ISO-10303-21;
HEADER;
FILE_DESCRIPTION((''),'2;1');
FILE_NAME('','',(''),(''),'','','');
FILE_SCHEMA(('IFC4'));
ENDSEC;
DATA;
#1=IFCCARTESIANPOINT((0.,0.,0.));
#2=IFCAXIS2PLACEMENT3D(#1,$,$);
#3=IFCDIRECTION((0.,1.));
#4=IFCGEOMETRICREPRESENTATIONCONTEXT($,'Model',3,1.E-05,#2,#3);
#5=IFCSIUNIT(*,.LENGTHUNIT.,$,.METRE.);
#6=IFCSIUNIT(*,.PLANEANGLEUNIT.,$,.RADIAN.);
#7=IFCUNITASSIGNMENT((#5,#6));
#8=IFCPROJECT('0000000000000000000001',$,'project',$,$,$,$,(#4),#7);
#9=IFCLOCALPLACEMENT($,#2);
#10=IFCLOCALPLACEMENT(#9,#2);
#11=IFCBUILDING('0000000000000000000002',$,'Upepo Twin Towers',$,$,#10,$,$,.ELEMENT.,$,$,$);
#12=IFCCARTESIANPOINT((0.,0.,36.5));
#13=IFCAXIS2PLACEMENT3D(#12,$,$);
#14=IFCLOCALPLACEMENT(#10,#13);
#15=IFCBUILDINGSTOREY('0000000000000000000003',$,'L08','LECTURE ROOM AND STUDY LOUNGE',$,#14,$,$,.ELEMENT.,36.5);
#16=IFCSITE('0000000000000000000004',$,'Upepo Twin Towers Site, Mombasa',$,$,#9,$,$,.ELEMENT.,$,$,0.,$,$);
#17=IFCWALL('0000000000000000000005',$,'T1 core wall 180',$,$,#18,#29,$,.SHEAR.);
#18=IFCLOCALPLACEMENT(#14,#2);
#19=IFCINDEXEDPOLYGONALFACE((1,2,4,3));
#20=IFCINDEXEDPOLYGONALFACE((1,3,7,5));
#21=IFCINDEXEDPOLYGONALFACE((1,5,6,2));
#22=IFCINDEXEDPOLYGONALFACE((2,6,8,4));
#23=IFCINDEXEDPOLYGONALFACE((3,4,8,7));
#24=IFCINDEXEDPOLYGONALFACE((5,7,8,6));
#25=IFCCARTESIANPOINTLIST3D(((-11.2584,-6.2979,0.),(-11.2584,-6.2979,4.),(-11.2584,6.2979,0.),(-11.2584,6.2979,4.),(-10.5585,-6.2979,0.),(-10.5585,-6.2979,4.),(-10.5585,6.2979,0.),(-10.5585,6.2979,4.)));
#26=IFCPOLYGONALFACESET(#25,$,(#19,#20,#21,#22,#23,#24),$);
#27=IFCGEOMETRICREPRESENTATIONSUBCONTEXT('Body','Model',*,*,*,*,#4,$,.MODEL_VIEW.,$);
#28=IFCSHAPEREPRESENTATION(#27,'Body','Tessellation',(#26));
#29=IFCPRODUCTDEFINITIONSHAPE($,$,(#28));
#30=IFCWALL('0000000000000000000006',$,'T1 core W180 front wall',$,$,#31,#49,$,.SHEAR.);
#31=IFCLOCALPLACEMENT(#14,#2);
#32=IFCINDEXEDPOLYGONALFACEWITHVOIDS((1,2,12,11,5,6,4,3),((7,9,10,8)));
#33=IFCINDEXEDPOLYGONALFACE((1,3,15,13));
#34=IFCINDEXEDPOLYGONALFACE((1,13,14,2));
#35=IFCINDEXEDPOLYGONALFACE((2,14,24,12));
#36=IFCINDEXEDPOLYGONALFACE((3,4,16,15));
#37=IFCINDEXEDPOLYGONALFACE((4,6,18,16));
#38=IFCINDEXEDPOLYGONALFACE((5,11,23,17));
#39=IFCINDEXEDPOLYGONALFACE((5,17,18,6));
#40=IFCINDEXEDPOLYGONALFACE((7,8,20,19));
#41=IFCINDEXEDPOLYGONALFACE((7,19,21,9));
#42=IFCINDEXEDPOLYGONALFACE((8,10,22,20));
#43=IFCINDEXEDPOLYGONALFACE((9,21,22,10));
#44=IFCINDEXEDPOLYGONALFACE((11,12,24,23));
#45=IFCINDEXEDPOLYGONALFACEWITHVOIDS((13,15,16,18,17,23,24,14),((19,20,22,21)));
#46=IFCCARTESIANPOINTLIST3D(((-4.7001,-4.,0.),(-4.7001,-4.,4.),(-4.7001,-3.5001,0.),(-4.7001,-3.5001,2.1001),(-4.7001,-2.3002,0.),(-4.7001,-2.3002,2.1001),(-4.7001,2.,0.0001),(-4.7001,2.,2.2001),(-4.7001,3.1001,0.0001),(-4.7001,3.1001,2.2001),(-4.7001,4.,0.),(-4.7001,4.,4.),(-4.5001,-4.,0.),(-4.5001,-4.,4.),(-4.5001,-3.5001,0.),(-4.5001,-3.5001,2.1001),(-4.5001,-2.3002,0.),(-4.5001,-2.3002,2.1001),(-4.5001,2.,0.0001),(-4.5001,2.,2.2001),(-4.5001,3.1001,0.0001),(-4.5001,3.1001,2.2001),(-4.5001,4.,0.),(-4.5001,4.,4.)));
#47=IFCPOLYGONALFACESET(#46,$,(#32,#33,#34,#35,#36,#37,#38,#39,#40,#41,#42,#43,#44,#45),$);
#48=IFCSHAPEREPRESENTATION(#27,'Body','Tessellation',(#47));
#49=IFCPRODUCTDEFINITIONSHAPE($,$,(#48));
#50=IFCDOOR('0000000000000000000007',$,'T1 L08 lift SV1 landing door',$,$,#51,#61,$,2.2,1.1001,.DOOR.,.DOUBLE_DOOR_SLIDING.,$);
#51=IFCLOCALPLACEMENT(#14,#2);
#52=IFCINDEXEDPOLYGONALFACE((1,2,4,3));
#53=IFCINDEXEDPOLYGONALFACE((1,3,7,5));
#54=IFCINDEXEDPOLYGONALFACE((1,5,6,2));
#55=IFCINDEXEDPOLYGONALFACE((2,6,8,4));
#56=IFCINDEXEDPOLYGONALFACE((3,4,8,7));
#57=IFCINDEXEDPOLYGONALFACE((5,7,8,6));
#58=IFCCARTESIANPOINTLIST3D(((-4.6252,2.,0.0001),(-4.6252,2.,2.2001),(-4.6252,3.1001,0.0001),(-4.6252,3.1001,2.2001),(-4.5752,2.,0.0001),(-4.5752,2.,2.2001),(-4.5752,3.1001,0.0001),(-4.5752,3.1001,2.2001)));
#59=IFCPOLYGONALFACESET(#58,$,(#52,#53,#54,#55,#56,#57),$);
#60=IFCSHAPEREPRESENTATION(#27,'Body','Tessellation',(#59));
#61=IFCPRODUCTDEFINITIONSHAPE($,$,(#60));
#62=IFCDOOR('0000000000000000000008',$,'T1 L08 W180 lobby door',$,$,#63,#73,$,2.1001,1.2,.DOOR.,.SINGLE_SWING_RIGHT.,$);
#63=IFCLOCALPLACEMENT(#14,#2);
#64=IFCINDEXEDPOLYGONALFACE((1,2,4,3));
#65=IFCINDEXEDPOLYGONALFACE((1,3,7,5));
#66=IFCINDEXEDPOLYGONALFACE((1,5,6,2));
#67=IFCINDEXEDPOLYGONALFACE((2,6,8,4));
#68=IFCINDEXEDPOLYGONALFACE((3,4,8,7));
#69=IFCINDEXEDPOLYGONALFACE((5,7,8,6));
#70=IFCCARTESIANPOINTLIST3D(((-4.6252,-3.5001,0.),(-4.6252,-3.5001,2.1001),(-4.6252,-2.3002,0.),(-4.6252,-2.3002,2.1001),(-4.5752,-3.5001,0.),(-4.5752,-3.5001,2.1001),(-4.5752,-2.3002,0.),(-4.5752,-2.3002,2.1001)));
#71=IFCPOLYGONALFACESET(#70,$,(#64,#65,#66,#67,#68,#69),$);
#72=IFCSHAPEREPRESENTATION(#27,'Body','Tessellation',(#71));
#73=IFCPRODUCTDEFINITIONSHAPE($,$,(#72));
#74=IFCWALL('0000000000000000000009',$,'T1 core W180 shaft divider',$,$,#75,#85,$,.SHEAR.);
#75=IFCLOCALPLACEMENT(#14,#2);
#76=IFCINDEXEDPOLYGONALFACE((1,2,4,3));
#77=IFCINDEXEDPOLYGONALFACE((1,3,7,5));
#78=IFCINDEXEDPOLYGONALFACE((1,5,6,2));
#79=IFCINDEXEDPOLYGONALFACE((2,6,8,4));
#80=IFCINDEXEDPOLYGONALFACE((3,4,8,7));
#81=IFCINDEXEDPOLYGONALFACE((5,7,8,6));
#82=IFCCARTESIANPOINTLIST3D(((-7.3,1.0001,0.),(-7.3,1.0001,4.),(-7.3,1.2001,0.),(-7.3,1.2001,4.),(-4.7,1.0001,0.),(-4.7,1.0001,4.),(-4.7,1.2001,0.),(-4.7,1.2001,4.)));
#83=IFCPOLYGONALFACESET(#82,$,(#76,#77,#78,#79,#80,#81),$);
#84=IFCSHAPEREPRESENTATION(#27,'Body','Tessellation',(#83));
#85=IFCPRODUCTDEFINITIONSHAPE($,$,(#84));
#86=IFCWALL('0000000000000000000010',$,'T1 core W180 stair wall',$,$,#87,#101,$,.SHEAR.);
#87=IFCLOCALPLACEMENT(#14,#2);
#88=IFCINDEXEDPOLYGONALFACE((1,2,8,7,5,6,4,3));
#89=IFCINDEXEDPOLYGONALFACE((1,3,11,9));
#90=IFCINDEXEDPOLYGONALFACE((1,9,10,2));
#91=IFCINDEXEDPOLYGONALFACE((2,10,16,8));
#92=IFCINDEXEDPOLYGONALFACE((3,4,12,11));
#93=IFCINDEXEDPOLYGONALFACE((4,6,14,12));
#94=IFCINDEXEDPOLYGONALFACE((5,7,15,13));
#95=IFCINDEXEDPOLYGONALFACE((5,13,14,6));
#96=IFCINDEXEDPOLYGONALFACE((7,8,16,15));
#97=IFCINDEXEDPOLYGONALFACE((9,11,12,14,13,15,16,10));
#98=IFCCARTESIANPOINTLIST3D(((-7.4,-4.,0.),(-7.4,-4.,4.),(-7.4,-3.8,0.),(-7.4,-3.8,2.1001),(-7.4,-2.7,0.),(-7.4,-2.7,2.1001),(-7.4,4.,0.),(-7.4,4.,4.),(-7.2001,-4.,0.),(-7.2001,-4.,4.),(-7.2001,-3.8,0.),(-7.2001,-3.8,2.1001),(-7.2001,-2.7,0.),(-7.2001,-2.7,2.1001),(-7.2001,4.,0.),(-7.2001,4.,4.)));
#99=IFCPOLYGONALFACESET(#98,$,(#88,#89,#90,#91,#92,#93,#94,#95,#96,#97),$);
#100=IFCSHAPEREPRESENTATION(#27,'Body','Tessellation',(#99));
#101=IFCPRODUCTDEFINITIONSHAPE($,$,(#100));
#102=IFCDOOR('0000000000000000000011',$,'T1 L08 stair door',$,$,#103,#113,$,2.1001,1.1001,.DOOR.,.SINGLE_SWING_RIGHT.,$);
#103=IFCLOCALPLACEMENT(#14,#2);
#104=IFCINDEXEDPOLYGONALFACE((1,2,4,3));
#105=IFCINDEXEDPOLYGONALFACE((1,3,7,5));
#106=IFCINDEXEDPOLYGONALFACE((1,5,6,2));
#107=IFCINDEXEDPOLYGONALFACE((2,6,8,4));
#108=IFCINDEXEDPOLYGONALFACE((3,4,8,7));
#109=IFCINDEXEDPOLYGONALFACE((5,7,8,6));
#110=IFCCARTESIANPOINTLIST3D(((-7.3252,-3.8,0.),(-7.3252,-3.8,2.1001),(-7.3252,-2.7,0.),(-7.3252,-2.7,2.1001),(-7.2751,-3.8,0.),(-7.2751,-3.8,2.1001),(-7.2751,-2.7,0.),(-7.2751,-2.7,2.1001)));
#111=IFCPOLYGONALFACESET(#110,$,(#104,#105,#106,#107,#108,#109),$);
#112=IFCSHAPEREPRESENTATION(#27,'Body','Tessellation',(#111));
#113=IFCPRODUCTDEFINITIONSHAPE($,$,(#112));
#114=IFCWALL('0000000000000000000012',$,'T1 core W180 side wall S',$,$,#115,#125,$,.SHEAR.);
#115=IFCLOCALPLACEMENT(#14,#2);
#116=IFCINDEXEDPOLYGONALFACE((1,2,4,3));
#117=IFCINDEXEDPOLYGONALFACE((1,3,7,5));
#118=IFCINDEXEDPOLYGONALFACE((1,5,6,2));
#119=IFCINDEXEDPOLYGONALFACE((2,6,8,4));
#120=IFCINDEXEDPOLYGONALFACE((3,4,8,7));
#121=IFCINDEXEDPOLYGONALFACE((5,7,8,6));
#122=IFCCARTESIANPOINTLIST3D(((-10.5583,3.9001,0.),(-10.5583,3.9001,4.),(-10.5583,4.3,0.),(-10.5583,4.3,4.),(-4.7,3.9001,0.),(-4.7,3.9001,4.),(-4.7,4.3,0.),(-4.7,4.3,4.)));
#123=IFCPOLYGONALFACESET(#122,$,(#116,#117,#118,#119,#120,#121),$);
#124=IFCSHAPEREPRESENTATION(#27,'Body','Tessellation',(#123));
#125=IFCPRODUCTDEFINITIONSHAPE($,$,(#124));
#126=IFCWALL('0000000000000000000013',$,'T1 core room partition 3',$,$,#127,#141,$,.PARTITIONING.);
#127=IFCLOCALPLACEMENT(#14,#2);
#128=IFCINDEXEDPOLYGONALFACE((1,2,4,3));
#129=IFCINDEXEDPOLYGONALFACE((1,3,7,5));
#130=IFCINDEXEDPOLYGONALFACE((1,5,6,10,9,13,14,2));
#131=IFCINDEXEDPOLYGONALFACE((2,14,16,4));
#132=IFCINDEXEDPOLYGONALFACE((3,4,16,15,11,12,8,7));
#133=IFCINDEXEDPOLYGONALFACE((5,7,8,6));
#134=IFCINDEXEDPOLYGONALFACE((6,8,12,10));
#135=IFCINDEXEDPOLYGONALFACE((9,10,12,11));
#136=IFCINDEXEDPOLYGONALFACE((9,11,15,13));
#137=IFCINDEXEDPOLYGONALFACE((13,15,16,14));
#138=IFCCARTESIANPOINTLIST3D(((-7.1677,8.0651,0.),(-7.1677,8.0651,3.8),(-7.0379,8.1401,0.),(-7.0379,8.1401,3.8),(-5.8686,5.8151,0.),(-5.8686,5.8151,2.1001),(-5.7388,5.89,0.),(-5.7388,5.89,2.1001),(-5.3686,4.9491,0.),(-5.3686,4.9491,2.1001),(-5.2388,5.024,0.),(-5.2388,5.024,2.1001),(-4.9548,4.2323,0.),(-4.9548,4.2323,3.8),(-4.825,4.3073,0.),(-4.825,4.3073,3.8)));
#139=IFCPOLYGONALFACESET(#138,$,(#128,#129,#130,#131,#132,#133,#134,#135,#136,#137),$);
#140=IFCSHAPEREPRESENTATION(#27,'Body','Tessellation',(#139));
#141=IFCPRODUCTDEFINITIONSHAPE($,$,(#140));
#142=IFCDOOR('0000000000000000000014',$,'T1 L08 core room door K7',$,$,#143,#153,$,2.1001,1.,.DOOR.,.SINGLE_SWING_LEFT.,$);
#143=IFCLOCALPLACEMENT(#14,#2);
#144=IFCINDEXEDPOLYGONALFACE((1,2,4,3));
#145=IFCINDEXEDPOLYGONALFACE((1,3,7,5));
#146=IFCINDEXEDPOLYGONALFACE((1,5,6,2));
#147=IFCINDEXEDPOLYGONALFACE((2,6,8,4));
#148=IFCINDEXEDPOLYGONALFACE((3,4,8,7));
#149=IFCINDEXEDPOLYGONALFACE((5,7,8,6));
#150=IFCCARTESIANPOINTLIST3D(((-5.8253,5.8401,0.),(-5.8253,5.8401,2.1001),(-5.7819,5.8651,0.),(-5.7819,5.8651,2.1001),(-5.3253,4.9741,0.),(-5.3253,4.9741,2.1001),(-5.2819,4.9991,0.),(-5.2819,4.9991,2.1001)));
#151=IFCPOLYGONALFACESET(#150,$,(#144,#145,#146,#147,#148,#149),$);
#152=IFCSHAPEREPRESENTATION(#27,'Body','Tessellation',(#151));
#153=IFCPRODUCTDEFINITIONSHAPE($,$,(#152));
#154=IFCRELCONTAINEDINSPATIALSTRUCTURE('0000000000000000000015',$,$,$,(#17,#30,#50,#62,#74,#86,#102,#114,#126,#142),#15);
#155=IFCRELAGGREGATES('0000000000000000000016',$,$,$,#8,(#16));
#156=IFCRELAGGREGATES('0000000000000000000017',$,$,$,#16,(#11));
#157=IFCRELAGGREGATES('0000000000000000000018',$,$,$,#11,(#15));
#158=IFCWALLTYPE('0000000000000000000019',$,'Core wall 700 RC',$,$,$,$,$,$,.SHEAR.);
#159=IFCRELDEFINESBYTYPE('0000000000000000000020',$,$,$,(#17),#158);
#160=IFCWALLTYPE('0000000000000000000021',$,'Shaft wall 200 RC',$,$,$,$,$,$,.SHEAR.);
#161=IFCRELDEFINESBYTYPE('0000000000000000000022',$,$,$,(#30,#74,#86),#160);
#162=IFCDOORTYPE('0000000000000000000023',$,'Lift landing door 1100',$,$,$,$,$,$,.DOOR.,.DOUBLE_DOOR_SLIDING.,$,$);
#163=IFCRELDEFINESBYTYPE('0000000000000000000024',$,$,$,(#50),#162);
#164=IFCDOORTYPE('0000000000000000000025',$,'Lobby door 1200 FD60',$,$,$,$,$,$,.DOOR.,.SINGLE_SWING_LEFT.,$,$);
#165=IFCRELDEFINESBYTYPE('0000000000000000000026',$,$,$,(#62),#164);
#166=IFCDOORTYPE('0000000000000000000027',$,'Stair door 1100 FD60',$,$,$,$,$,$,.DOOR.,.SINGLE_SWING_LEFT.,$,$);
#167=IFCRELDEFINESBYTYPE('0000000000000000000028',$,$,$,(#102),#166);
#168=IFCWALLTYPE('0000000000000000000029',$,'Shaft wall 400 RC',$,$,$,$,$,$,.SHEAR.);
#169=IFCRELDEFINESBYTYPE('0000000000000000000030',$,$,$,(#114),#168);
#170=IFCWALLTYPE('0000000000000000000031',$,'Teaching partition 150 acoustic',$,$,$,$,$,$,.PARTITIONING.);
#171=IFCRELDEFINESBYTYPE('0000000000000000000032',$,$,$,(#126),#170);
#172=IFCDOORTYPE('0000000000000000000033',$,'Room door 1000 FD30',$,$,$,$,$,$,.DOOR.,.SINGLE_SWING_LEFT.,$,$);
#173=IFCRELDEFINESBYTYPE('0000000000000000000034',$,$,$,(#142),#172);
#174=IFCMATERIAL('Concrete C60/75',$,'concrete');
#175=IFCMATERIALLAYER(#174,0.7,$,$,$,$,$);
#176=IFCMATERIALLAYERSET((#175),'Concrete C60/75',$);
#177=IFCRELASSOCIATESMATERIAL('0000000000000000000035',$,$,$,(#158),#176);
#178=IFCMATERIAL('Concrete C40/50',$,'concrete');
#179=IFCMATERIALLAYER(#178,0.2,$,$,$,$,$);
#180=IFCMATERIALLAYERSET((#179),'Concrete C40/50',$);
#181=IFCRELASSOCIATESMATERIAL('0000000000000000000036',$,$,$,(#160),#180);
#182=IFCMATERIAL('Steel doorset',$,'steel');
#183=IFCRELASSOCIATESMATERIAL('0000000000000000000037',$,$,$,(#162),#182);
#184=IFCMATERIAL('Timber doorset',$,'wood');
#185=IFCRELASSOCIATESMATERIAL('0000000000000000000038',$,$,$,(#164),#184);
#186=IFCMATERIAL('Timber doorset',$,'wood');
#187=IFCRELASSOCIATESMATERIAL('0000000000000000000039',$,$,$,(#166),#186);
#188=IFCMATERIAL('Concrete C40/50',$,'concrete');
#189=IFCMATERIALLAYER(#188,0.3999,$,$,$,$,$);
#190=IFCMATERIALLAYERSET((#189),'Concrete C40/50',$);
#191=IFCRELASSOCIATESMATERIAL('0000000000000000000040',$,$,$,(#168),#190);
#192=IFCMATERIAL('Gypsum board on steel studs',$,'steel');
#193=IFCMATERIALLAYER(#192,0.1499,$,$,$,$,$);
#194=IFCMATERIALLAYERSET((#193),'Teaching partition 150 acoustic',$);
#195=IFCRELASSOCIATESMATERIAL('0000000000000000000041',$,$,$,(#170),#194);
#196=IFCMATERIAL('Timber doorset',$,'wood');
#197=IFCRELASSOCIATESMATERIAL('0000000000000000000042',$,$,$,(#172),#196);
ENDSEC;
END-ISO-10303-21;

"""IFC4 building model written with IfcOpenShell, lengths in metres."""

from ifc_helpers import new_model, si_unit, direction, frame, frame_2d, origin, place, context, subcontext, project, spatial, rectangle, extrude, material, layer, layer_set, type_object, element, fill, save


model = new_model("IFC4")

# Units and contexts
model_context = context("Model", 3, precision=1e-05, world=origin(), true_north=direction((0.0, 1.0)))
body_context = subcontext(model_context, "Body", "Model", "MODEL_VIEW")
ifc_project = project(units=[si_unit("LENGTHUNIT", "METRE"), si_unit("PLANEANGLEUNIT", "RADIAN")], contexts=[model_context])

# Site, building, storey
site_placement = place(None, origin())
site = spatial("IfcSite", under=ifc_project, at=site_placement, Name="Upepo Twin Towers Site, Mombasa", CompositionType="ELEMENT", RefElevation=0.0)
building_placement = place(site_placement, origin())
building = spatial("IfcBuilding", under=site, at=building_placement, Name="Upepo Twin Towers", CompositionType="ELEMENT")
storey_placement = place(building_placement, frame((0.0, 0.0, 36.5)))
storey = spatial("IfcBuildingStorey", under=building, at=storey_placement, Name="L08", Description="LECTURE ROOM AND STUDY LOUNGE", CompositionType="ELEMENT", Elevation=36.5)

# Wall
ifc_material_1 = material(Name="Concrete C60/75", Category="concrete")
ifc_layer_1 = layer(ifc_material_1, 0.7)
ifc_layer_set_1 = layer_set([ifc_layer_1], Name="Concrete C60/75")
wall_type_1 = type_object("IfcWallType", Name="Core wall 700 RC", PredefinedType="SHEAR", material=ifc_layer_set_1)
wall_1_placement = place(storey_placement, frame((-10.9084, 6.2979, 0.0), z_axis=(0.0, 0.0, 1.0), x_axis=(0.0, -1.0, 0.0)))
element("IfcWall", 1, at=wall_1_placement, inside=storey, type_object=wall_type_1, Name="T1 core wall 180", PredefinedType="SHEAR", context=body_context, shape_type="SweptSolid", body=[
    extrude(rectangle(XDim=12.5957, YDim=0.7, at=frame_2d((6.2979, 0.0))), origin(), (0.0, 0.0, 1.0), 4.0),
])

# Wall, openings, doors
ifc_material_2 = material(Name="Concrete C40/50", Category="concrete")
ifc_layer_2 = layer(ifc_material_2, 0.2)
ifc_layer_set_2 = layer_set([ifc_layer_2], Name="Concrete C40/50")
wall_type_2 = type_object("IfcWallType", Name="Shaft wall 200 RC", PredefinedType="SHEAR", material=ifc_layer_set_2)
wall_2_placement = place(storey_placement, frame((-4.6001, 4.0, 0.0), z_axis=(0.0, 0.0, 1.0), x_axis=(0.0, -1.0, 0.0)))
wall_2 = element("IfcWall", 2, at=wall_2_placement, inside=storey, type_object=wall_type_2, Name="T1 core W180 front wall", PredefinedType="SHEAR", context=body_context, shape_type="SweptSolid", body=[
    extrude(rectangle(XDim=8.0, YDim=0.2, at=frame_2d((4.0, 0.0))), origin(), (0.0, 0.0, 1.0), 4.0),
])
opening_1_placement = place(wall_2_placement, frame((6.3, 0.0, 0.0)))
opening_1 = element("IfcOpeningElement", 3, at=opening_1_placement, cuts=wall_2, PredefinedType="OPENING", context=body_context, shape_type="SweptSolid", body=[
    extrude(rectangle(XDim=1.2, YDim=2.1001, at=frame_2d((0.6001, 1.05))), frame((0.0, 0.1099, 0.0), z_axis=(0.0, -1.0, 0.0), x_axis=(1.0, 0.0, 0.0)), (0.0, 0.0, 1.0), 0.22),
])
opening_2_placement = place(wall_2_placement, frame((0.8999, 0.0, 0.0)))
opening_2 = element("IfcOpeningElement", 4, at=opening_2_placement, cuts=wall_2, PredefinedType="OPENING", context=body_context, shape_type="SweptSolid", body=[
    extrude(rectangle(XDim=1.1001, YDim=2.2, at=frame_2d((0.55, 1.1001))), frame((0.0, 0.1099, 0.0), z_axis=(0.0, -1.0, 0.0), x_axis=(1.0, 0.0, 0.0)), (0.0, 0.0, 1.0), 0.22),
])
ifc_material_3 = material(Name="Steel doorset", Category="steel")
door_type_1 = type_object("IfcDoorType", Name="Lift landing door 1100", OperationType="DOUBLE_DOOR_SLIDING", PredefinedType="DOOR", material=ifc_material_3)
door_1_placement = place(opening_2_placement, origin())
door_1 = element("IfcDoor", 5, at=door_1_placement, inside=storey, type_object=door_type_1, Name="T1 L08 lift SV1 landing door", OperationType="DOUBLE_DOOR_SLIDING", OverallHeight=2.2, OverallWidth=1.1001, PredefinedType="DOOR", context=body_context, shape_type="SweptSolid", body=[
    extrude(rectangle(XDim=1.1001, YDim=2.2, at=frame_2d((0.55, 1.1001))), frame((0.0, 0.0249, 0.0), z_axis=(0.0, -1.0, 0.0), x_axis=(1.0, 0.0, 0.0)), (0.0, 0.0, 1.0), 0.05),
])
fill(opening_2, door_1)
ifc_material_4 = material(Name="Timber doorset", Category="wood")
door_type_2 = type_object("IfcDoorType", Name="Lobby door 1200 FD60", OperationType="SINGLE_SWING_LEFT", PredefinedType="DOOR", material=ifc_material_4)
door_2_placement = place(opening_1_placement, origin())
door_2 = element("IfcDoor", 6, at=door_2_placement, inside=storey, type_object=door_type_2, Name="T1 L08 W180 lobby door", OperationType="SINGLE_SWING_RIGHT", OverallHeight=2.1001, OverallWidth=1.2, PredefinedType="DOOR", context=body_context, shape_type="SweptSolid", body=[
    extrude(rectangle(XDim=1.2, YDim=2.1001, at=frame_2d((0.6001, 1.05))), frame((0.0, 0.0249, 0.0), z_axis=(0.0, -1.0, 0.0), x_axis=(1.0, 0.0, 0.0)), (0.0, 0.0, 1.0), 0.05),
])
fill(opening_1, door_2)

# Wall
wall_3_placement = place(storey_placement, frame((-4.7, 1.1001, 0.0), z_axis=(0.0, 0.0, 1.0), x_axis=(-1.0, 0.0, 0.0)))
element("IfcWall", 7, at=wall_3_placement, inside=storey, type_object=wall_type_2, Name="T1 core W180 shaft divider", PredefinedType="SHEAR", context=body_context, shape_type="SweptSolid", body=[
    extrude(rectangle(XDim=2.6001, YDim=0.2, at=frame_2d((1.3, 0.0))), origin(), (0.0, 0.0, 1.0), 4.0),
])

# Wall, opening, door
wall_4_placement = place(storey_placement, frame((-7.3, 4.0, 0.0), z_axis=(0.0, 0.0, 1.0), x_axis=(0.0, -1.0, 0.0)))
wall_4 = element("IfcWall", 8, at=wall_4_placement, inside=storey, type_object=wall_type_2, Name="T1 core W180 stair wall", PredefinedType="SHEAR", context=body_context, shape_type="SweptSolid", body=[
    extrude(rectangle(XDim=8.0, YDim=0.2, at=frame_2d((4.0, 0.0))), origin(), (0.0, 0.0, 1.0), 4.0),
])
opening_3_placement = place(wall_4_placement, frame((6.7, 0.0, 0.0)))
opening_3 = element("IfcOpeningElement", 9, at=opening_3_placement, cuts=wall_4, PredefinedType="OPENING", context=body_context, shape_type="SweptSolid", body=[
    extrude(rectangle(XDim=1.1001, YDim=2.1001, at=frame_2d((0.55, 1.05))), frame((0.0, 0.1099, 0.0), z_axis=(0.0, -1.0, 0.0), x_axis=(1.0, 0.0, 0.0)), (0.0, 0.0, 1.0), 0.22),
])
ifc_material_5 = material(Name="Timber doorset", Category="wood")
door_type_3 = type_object("IfcDoorType", Name="Stair door 1100 FD60", OperationType="SINGLE_SWING_LEFT", PredefinedType="DOOR", material=ifc_material_5)
door_3_placement = place(opening_3_placement, origin())
door_3 = element("IfcDoor", 10, at=door_3_placement, inside=storey, type_object=door_type_3, Name="T1 L08 stair door", OperationType="SINGLE_SWING_RIGHT", OverallHeight=2.1001, OverallWidth=1.1001, PredefinedType="DOOR", context=body_context, shape_type="SweptSolid", body=[
    extrude(rectangle(XDim=1.1001, YDim=2.1001, at=frame_2d((0.55, 1.05))), frame((0.0, 0.0249, 0.0), z_axis=(0.0, -1.0, 0.0), x_axis=(1.0, 0.0, 0.0)), (0.0, 0.0, 1.0), 0.05),
])
fill(opening_3, door_3)

# Wall
ifc_material_6 = material(Name="Concrete C40/50", Category="concrete")
ifc_layer_3 = layer(ifc_material_6, 0.3999)
ifc_layer_set_3 = layer_set([ifc_layer_3], Name="Concrete C40/50")
wall_type_3 = type_object("IfcWallType", Name="Shaft wall 400 RC", PredefinedType="SHEAR", material=ifc_layer_set_3)
wall_5_placement = place(storey_placement, frame((-4.7, 4.1001, 0.0), z_axis=(0.0, 0.0, 1.0), x_axis=(-1.0, 0.0, 0.0)))
element("IfcWall", 11, at=wall_5_placement, inside=storey, type_object=wall_type_3, Name="T1 core W180 side wall S", PredefinedType="SHEAR", context=body_context, shape_type="SweptSolid", body=[
    extrude(rectangle(XDim=5.8584, YDim=0.3999, at=frame_2d((2.9292, 0.0))), origin(), (0.0, 0.0, 1.0), 4.0),
])

# Wall, opening, door
ifc_material_7 = material(Name="Gypsum board on steel studs", Category="steel")
ifc_layer_4 = layer(ifc_material_7, 0.1499)
ifc_layer_set_4 = layer_set([ifc_layer_4], Name="Teaching partition 150 acoustic")
wall_type_4 = type_object("IfcWallType", Name="Teaching partition 150 acoustic", PredefinedType="PARTITIONING", material=ifc_layer_set_4)
wall_6_placement = place(storey_placement, frame((-4.8899, 4.2698, 0.0), z_axis=(0.0, 0.0, 1.0), x_axis=(-0.500007, 0.866021, 0.0)))
wall_6 = element("IfcWall", 12, at=wall_6_placement, inside=storey, type_object=wall_type_4, Name="T1 core room partition 3", PredefinedType="PARTITIONING", context=body_context, shape_type="SweptSolid", body=[
    extrude(rectangle(XDim=4.4258, YDim=0.1499, at=frame_2d((2.2129, 0.0))), origin(), (0.0, 0.0, 1.0), 3.8),
])
opening_4_placement = place(wall_6_placement, frame((0.8276, 0.0, 0.0)))
opening_4 = element("IfcOpeningElement", 13, at=opening_4_placement, cuts=wall_6, PredefinedType="OPENING", context=body_context, shape_type="SweptSolid", body=[
    extrude(rectangle(XDim=1.0, YDim=2.1001, at=frame_2d((0.5, 1.05))), frame((0.0, 0.085, 0.0), z_axis=(0.0, -1.0, 0.0), x_axis=(1.0, 0.0, 0.0)), (0.0, 0.0, 1.0), 0.1699),
])
ifc_material_8 = material(Name="Timber doorset", Category="wood")
door_type_4 = type_object("IfcDoorType", Name="Room door 1000 FD30", OperationType="SINGLE_SWING_LEFT", PredefinedType="DOOR", material=ifc_material_8)
door_4_placement = place(opening_4_placement, origin())
door_4 = element("IfcDoor", 14, at=door_4_placement, inside=storey, type_object=door_type_4, Name="T1 L08 core room door K7", OperationType="SINGLE_SWING_LEFT", OverallHeight=2.1001, OverallWidth=1.0, PredefinedType="DOOR", context=body_context, shape_type="SweptSolid", body=[
    extrude(rectangle(XDim=1.0, YDim=2.1001, at=frame_2d((0.5, 1.05))), frame((0.0, 0.0249, 0.0), z_axis=(0.0, -1.0, 0.0), x_axis=(1.0, 0.0, 0.0)), (0.0, 0.0, 1.0), 0.05),
])
fill(opening_4, door_4)

save(model, "model.ifc")
